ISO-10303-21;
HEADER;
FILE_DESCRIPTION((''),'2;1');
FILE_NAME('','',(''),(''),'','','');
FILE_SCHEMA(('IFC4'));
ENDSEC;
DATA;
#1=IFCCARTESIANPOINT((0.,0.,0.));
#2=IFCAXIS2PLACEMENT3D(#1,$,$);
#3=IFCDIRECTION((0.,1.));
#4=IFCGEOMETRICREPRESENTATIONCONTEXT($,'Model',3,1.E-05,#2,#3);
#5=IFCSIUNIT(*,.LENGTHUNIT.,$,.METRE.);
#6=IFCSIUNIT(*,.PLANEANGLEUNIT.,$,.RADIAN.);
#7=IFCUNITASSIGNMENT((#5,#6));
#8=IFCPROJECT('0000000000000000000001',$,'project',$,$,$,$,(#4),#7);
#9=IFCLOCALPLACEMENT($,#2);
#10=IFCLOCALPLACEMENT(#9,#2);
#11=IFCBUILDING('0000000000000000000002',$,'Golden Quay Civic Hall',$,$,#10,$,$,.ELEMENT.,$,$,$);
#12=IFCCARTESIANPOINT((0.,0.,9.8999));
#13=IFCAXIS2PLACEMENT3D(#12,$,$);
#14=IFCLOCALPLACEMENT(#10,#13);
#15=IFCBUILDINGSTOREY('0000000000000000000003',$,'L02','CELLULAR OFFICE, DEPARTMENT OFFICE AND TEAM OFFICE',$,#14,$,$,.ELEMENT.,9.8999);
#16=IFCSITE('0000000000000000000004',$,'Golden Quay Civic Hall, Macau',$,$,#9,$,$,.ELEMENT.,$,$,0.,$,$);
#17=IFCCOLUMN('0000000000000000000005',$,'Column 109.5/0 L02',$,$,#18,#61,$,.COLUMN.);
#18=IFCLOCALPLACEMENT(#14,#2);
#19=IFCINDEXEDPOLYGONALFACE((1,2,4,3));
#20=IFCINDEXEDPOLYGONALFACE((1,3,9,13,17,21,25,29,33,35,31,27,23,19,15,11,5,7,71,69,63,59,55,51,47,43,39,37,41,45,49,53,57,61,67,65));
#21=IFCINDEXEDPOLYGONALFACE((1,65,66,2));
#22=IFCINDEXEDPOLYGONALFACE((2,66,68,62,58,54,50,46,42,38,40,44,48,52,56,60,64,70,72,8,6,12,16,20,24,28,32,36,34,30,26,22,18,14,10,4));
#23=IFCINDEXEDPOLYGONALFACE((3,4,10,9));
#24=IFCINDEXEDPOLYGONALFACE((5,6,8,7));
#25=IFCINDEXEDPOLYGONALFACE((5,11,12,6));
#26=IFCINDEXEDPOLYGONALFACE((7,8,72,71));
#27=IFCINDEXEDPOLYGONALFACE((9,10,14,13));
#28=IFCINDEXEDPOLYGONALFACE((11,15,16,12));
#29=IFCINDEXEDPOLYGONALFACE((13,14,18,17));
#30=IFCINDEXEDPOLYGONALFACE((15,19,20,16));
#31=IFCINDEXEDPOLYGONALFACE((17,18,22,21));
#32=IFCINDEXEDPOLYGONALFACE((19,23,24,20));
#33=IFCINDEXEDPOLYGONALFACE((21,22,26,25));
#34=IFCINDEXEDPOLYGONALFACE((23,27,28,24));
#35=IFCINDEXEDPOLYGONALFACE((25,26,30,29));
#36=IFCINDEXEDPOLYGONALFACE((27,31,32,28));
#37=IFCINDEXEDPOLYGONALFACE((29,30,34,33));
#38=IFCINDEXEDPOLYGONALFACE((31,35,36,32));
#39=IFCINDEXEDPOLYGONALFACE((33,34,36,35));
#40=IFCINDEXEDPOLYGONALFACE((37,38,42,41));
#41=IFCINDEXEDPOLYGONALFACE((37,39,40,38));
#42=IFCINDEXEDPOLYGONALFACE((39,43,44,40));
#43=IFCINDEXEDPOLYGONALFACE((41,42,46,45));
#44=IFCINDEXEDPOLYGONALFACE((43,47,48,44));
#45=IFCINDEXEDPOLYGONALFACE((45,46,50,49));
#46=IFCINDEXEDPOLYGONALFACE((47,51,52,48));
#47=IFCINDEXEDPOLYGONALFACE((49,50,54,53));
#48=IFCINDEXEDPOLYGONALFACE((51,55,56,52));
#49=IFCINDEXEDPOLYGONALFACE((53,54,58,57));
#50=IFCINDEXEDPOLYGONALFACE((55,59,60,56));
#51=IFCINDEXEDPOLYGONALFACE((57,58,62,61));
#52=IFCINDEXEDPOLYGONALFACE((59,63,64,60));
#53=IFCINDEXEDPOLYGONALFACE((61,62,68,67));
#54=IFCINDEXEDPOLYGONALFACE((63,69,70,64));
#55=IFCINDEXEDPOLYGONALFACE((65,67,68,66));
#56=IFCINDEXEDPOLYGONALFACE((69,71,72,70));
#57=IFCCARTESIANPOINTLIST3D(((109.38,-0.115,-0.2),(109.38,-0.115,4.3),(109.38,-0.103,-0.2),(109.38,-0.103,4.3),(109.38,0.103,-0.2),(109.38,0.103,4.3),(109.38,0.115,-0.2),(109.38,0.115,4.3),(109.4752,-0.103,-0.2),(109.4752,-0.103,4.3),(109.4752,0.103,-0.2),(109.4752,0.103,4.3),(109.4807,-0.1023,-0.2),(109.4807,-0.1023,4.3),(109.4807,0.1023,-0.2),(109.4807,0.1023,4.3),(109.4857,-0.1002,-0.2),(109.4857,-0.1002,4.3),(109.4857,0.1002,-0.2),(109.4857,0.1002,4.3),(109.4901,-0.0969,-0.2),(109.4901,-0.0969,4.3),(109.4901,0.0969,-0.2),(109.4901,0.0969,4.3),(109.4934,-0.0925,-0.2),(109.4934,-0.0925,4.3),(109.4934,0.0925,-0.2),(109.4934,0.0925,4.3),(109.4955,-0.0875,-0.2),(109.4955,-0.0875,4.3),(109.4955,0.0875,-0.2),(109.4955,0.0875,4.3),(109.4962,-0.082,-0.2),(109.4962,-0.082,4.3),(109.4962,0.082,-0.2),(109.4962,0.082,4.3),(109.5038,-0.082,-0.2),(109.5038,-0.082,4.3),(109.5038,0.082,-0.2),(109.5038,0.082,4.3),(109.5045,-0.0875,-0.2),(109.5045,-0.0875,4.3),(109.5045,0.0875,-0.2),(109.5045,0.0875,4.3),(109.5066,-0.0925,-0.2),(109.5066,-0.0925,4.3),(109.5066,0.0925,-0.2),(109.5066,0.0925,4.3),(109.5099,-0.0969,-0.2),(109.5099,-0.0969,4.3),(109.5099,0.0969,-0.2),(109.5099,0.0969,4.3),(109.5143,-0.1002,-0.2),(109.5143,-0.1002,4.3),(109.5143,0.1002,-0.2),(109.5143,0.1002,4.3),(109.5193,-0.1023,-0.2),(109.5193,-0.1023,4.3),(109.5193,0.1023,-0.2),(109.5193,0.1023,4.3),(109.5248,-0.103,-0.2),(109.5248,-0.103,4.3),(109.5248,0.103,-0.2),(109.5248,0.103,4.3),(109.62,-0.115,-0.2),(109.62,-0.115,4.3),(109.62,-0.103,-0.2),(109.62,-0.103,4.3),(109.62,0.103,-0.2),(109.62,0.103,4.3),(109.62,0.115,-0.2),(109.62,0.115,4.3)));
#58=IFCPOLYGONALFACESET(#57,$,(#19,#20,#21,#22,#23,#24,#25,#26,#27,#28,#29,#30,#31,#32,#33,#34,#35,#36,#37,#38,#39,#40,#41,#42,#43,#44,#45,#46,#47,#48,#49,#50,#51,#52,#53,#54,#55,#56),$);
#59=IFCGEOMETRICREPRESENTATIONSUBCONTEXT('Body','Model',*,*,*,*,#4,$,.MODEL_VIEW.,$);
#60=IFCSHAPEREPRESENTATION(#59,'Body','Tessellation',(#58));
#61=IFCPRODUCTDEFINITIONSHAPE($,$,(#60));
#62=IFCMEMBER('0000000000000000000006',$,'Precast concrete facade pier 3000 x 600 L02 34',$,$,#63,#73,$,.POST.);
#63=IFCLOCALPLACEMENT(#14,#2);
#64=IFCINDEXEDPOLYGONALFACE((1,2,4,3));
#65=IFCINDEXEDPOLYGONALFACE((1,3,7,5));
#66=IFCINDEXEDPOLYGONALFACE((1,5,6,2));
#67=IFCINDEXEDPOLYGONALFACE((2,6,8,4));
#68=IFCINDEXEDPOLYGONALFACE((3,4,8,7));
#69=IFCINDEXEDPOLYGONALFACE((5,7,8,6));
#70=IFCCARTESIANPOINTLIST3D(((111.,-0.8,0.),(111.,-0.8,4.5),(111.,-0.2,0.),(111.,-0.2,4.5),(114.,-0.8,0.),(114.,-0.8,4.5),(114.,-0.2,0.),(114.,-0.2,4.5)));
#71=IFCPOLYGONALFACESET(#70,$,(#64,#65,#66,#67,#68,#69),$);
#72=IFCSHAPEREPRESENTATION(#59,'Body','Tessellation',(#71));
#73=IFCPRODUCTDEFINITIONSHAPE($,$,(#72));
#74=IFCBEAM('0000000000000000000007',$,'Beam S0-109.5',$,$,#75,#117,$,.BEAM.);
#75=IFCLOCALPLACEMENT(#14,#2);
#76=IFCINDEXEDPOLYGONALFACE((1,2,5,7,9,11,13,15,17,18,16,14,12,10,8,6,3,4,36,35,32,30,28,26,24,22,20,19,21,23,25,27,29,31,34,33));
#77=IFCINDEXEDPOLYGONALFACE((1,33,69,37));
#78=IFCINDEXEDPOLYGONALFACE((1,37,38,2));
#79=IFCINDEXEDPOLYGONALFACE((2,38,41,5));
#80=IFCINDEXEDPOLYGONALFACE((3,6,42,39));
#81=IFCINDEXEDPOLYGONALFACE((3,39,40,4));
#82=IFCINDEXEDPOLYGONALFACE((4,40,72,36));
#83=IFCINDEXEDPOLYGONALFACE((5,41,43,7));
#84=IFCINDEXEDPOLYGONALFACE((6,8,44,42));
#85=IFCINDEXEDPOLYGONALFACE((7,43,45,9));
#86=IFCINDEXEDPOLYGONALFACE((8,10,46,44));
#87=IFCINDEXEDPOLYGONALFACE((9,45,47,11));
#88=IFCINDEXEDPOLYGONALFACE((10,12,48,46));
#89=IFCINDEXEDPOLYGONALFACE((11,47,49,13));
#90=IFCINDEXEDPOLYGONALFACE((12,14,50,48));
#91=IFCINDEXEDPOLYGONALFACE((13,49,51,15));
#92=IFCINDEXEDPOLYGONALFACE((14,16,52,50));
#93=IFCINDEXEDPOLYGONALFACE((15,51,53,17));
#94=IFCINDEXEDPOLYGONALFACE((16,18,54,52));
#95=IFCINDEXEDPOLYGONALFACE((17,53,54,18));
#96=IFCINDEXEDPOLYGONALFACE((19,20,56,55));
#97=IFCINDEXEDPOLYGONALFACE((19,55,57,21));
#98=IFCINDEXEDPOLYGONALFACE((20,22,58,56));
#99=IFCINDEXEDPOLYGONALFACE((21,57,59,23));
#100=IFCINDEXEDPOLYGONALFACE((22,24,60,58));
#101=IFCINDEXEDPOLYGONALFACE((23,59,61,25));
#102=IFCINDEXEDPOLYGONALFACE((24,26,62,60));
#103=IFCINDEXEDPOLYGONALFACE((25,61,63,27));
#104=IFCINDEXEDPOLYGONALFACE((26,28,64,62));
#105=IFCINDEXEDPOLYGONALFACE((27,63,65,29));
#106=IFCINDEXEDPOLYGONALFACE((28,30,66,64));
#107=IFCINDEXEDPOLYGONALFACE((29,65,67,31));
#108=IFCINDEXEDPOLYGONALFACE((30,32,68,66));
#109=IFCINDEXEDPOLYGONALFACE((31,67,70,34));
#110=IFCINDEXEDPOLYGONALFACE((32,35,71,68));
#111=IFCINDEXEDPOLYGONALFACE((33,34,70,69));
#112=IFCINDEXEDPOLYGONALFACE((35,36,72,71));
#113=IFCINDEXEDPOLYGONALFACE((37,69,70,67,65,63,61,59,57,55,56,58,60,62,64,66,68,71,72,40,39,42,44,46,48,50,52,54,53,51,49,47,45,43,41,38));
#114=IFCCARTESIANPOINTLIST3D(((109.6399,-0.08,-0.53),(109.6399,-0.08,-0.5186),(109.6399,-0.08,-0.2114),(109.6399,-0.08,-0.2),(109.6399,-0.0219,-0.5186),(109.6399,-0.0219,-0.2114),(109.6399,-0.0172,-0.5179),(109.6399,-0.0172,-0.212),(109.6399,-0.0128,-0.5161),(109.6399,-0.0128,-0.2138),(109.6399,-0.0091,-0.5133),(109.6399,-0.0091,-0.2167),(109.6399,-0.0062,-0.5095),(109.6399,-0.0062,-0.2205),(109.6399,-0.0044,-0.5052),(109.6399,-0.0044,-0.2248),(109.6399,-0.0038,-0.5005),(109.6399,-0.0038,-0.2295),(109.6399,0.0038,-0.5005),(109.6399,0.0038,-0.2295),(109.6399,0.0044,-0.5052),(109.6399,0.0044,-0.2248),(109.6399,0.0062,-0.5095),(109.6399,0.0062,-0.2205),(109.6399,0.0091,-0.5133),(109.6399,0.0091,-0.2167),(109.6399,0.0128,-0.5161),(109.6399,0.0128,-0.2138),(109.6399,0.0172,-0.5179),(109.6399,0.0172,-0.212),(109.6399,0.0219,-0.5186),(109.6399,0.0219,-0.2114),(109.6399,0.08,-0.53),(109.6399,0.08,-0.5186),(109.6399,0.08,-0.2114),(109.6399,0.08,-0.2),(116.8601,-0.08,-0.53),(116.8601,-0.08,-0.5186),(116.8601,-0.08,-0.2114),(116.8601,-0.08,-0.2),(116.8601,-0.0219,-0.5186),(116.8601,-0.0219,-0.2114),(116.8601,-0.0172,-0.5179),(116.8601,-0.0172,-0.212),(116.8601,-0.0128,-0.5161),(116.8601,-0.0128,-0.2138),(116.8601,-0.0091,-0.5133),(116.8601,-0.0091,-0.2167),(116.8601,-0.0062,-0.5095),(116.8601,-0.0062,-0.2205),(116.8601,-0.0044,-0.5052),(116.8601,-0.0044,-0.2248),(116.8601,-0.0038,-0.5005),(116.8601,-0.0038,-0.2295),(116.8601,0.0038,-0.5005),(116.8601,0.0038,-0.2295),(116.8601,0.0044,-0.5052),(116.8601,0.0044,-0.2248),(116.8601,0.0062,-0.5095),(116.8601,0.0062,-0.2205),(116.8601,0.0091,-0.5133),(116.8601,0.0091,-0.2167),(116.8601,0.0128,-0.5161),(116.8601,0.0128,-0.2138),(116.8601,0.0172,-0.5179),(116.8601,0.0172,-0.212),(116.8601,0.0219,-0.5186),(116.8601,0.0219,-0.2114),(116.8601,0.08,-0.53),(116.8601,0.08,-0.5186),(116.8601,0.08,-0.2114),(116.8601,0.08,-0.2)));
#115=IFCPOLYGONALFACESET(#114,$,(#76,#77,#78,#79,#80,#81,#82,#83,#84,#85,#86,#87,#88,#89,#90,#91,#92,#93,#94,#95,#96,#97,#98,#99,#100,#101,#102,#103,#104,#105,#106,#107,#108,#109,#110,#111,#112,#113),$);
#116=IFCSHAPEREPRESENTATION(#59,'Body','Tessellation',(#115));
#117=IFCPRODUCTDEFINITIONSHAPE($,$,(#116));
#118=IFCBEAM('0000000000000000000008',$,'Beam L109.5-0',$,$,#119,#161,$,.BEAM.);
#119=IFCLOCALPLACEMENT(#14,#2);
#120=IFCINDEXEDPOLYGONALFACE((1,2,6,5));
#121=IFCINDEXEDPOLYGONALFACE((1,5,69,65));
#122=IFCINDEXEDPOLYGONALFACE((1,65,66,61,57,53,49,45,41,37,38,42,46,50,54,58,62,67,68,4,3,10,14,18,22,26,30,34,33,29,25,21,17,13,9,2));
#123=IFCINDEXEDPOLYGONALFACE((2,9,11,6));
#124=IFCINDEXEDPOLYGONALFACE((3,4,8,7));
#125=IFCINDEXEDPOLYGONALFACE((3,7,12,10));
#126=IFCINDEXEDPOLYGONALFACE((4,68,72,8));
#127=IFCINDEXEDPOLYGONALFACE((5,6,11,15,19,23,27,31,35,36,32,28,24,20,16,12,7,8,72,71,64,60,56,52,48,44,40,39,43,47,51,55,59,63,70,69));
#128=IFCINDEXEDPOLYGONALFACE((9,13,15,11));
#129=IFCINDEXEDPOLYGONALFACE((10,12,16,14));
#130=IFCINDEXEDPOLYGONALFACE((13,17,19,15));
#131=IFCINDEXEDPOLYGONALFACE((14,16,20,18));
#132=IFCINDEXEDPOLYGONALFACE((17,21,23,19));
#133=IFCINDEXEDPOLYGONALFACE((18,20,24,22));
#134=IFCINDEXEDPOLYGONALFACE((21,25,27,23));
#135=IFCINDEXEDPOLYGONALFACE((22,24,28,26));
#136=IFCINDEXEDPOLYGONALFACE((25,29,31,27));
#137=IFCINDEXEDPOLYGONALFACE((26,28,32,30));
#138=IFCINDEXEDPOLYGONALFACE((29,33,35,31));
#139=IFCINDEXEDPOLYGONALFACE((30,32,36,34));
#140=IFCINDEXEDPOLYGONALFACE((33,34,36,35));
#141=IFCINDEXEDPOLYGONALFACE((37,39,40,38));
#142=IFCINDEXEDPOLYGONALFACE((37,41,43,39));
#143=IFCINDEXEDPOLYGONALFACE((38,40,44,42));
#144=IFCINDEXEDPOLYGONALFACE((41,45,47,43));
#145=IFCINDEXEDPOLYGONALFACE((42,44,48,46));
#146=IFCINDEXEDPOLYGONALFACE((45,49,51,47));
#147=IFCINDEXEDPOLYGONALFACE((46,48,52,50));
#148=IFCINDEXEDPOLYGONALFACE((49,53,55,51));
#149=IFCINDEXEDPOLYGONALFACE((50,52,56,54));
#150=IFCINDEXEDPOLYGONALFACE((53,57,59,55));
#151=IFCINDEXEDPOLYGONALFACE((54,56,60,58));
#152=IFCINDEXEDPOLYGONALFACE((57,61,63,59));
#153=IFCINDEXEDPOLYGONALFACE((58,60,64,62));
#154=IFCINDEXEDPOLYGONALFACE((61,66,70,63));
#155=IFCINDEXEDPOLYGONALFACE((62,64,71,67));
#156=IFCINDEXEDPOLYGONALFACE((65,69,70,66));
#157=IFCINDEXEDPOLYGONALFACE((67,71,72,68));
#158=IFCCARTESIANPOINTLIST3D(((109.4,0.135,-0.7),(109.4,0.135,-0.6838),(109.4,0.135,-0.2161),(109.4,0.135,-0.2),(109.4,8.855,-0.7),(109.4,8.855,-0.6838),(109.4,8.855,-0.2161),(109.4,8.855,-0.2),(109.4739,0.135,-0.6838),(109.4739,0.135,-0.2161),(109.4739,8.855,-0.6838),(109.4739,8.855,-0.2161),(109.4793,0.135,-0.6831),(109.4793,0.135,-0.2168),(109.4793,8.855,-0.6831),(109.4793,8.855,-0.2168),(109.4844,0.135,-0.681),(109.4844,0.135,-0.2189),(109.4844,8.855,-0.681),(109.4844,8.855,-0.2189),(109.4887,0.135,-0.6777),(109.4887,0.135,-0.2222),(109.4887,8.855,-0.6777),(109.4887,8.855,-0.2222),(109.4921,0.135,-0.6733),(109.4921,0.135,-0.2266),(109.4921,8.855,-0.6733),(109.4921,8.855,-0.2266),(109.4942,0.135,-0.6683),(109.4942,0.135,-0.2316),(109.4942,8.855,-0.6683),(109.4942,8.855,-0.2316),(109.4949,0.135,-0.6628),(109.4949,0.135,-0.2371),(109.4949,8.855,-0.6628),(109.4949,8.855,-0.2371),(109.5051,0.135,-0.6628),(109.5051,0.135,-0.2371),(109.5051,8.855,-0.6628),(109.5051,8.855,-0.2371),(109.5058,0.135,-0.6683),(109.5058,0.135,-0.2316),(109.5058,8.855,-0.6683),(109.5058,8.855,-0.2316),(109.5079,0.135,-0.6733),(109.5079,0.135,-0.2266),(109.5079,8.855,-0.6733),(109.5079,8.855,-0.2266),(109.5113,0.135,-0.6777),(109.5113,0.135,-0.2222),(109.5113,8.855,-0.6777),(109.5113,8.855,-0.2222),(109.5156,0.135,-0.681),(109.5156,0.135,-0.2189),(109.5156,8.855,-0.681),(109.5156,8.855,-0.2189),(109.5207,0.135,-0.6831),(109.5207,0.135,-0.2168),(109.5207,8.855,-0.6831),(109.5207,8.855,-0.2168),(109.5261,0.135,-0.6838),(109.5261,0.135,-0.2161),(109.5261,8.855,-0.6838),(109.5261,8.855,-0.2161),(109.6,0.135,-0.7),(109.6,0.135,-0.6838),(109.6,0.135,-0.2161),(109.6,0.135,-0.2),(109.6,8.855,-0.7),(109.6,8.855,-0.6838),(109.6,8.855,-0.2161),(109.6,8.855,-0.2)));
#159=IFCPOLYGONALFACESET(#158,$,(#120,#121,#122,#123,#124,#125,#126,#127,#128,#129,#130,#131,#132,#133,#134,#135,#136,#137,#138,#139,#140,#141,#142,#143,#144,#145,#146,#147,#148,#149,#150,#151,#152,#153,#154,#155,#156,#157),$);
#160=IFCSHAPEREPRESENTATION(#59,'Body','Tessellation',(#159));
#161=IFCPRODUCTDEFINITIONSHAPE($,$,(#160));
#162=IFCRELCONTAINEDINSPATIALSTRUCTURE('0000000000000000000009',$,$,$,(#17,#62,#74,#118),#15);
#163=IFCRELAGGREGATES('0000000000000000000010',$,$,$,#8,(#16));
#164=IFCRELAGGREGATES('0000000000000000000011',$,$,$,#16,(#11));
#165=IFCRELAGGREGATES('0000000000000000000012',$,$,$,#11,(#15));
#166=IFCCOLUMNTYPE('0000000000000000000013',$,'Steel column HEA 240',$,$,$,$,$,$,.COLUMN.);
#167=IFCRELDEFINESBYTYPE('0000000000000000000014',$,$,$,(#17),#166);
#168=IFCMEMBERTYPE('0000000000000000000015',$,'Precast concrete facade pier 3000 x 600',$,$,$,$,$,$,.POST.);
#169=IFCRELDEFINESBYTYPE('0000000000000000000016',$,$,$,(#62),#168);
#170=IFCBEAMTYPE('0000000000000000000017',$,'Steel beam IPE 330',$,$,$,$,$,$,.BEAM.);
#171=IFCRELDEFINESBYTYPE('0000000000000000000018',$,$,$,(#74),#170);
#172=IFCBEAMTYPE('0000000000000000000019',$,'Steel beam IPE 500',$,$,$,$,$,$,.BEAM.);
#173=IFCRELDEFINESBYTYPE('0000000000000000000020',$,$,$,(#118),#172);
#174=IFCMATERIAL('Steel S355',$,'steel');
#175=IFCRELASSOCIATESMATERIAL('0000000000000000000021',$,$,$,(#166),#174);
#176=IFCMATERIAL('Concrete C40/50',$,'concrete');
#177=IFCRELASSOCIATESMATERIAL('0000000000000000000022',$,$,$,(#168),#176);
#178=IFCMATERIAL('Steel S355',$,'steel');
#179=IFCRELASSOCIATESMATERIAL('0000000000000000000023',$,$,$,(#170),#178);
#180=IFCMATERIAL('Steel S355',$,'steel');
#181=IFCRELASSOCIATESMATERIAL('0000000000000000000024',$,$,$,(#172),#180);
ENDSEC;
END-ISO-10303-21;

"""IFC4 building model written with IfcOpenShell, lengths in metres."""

from ifc_helpers import new_model, si_unit, direction, frame, origin, origin_2d, place, context, subcontext, project, spatial, rectangle, i_section, extrude, material, material_profile, profile_set, type_object, element, save


model = new_model("IFC4")

# Units and contexts
model_context = context("Model", 3, precision=1e-05, world=origin(), true_north=direction((0.0, 1.0)))
body_context = subcontext(model_context, "Body", "Model", "MODEL_VIEW")
ifc_project = project(units=[si_unit("LENGTHUNIT", "METRE"), si_unit("PLANEANGLEUNIT", "RADIAN")], contexts=[model_context])

# Site, building, storey
site_placement = place(None, origin())
site = spatial("IfcSite", under=ifc_project, at=site_placement, Name="Golden Quay Civic Hall, Macau", CompositionType="ELEMENT", RefElevation=0.0)
building_placement = place(site_placement, origin())
building = spatial("IfcBuilding", under=site, at=building_placement, Name="Golden Quay Civic Hall", CompositionType="ELEMENT")
storey_placement = place(building_placement, frame((0.0, 0.0, 9.8999)))
storey = spatial("IfcBuildingStorey", under=building, at=storey_placement, Name="L02", Description="CELLULAR OFFICE, DEPARTMENT OFFICE AND TEAM OFFICE", CompositionType="ELEMENT", Elevation=9.8999)

# Column
ifc_material_1 = material(Name="Steel S355", Category="steel")
ifc_material_profile_1 = material_profile(ifc_material_1, i_section(OverallWidth=0.24, OverallDepth=0.23, WebThickness=0.0076, FlangeThickness=0.012, FilletRadius=0.021, at=origin_2d()), Name="HEA 240")
ifc_profile_set_1 = profile_set([ifc_material_profile_1], Name="Steel S355")
column_type = type_object("IfcColumnType", Name="Steel column HEA 240", PredefinedType="COLUMN", material=ifc_profile_set_1)
column_placement = place(storey_placement, frame((109.5, 0.0, -0.2), z_axis=(0.0, 0.0, 1.0), x_axis=(1.0, 0.0, 0.0)))
element("IfcColumn", 1, at=column_placement, inside=storey, type_object=column_type, Name="Column 109.5/0 L02", PredefinedType="COLUMN", context=body_context, shape_type="SweptSolid", body=[
    extrude(i_section(OverallWidth=0.24, OverallDepth=0.23, WebThickness=0.0076, FlangeThickness=0.012, FilletRadius=0.021, at=origin_2d()), origin(), (0.0, 0.0, 1.0), 4.5),
])

# Member
ifc_material_2 = material(Name="Concrete C40/50", Category="concrete")
ifc_material_profile_2 = material_profile(ifc_material_2, rectangle(XDim=3.0, YDim=0.6001, at=origin_2d()), Name="RC 3000x600")
ifc_profile_set_2 = profile_set([ifc_material_profile_2], Name="Concrete C40/50")
member_type = type_object("IfcMemberType", Name="Precast concrete facade pier 3000 x 600", PredefinedType="POST", material=ifc_profile_set_2)
member_placement = place(storey_placement, frame((112.5, -0.5, 0.0), z_axis=(0.0, 0.0, 1.0), x_axis=(1.0, 0.0, 0.0)))
element("IfcMember", 2, at=member_placement, inside=storey, type_object=member_type, Name="Precast concrete facade pier 3000 x 600 L02 34", PredefinedType="POST", context=body_context, shape_type="SweptSolid", body=[
    extrude(rectangle(XDim=3.0, YDim=0.6001, at=origin_2d()), origin(), (0.0, 0.0, 1.0), 4.5),
])

# Beams
ifc_material_3 = material(Name="Steel S355", Category="steel")
ifc_material_profile_3 = material_profile(ifc_material_3, i_section(OverallWidth=0.1599, OverallDepth=0.3301, WebThickness=0.0076, FlangeThickness=0.0115, FilletRadius=0.0181, at=origin_2d()), Name="IPE 330")
ifc_profile_set_3 = profile_set([ifc_material_profile_3], Name="Steel S355")
beam_type_1 = type_object("IfcBeamType", Name="Steel beam IPE 330", PredefinedType="BEAM", material=ifc_profile_set_3)
beam_1_placement = place(storey_placement, frame((109.6399, 0.0, -0.365), z_axis=(1.0, 0.0, 0.0), x_axis=(0.0, 1.0, 0.0)))
element("IfcBeam", 3, at=beam_1_placement, inside=storey, type_object=beam_type_1, Name="Beam S0-109.5", PredefinedType="BEAM", context=body_context, shape_type="SweptSolid", body=[
    extrude(i_section(OverallWidth=0.1599, OverallDepth=0.3301, WebThickness=0.0076, FlangeThickness=0.0115, FilletRadius=0.0181, at=origin_2d()), origin(), (0.0, 0.0, 1.0), 7.2202),
])
ifc_material_4 = material(Name="Steel S355", Category="steel")
ifc_material_profile_4 = material_profile(ifc_material_4, i_section(OverallWidth=0.2, OverallDepth=0.5, WebThickness=0.0103, FlangeThickness=0.0161, FilletRadius=0.021, at=origin_2d()), Name="IPE 500")
ifc_profile_set_4 = profile_set([ifc_material_profile_4], Name="Steel S355")
beam_type_2 = type_object("IfcBeamType", Name="Steel beam IPE 500", PredefinedType="BEAM", material=ifc_profile_set_4)
beam_2_placement = place(storey_placement, frame((109.5, 0.135, -0.45), z_axis=(0.0, 1.0, 0.0), x_axis=(-1.0, 0.0, 0.0)))
element("IfcBeam", 4, at=beam_2_placement, inside=storey, type_object=beam_type_2, Name="Beam L109.5-0", PredefinedType="BEAM", context=body_context, shape_type="SweptSolid", body=[
    extrude(i_section(OverallWidth=0.2, OverallDepth=0.5, WebThickness=0.0103, FlangeThickness=0.0161, FilletRadius=0.021, at=origin_2d()), origin(), (0.0, 0.0, 1.0), 8.72),
])

save(model, "model.ifc")
